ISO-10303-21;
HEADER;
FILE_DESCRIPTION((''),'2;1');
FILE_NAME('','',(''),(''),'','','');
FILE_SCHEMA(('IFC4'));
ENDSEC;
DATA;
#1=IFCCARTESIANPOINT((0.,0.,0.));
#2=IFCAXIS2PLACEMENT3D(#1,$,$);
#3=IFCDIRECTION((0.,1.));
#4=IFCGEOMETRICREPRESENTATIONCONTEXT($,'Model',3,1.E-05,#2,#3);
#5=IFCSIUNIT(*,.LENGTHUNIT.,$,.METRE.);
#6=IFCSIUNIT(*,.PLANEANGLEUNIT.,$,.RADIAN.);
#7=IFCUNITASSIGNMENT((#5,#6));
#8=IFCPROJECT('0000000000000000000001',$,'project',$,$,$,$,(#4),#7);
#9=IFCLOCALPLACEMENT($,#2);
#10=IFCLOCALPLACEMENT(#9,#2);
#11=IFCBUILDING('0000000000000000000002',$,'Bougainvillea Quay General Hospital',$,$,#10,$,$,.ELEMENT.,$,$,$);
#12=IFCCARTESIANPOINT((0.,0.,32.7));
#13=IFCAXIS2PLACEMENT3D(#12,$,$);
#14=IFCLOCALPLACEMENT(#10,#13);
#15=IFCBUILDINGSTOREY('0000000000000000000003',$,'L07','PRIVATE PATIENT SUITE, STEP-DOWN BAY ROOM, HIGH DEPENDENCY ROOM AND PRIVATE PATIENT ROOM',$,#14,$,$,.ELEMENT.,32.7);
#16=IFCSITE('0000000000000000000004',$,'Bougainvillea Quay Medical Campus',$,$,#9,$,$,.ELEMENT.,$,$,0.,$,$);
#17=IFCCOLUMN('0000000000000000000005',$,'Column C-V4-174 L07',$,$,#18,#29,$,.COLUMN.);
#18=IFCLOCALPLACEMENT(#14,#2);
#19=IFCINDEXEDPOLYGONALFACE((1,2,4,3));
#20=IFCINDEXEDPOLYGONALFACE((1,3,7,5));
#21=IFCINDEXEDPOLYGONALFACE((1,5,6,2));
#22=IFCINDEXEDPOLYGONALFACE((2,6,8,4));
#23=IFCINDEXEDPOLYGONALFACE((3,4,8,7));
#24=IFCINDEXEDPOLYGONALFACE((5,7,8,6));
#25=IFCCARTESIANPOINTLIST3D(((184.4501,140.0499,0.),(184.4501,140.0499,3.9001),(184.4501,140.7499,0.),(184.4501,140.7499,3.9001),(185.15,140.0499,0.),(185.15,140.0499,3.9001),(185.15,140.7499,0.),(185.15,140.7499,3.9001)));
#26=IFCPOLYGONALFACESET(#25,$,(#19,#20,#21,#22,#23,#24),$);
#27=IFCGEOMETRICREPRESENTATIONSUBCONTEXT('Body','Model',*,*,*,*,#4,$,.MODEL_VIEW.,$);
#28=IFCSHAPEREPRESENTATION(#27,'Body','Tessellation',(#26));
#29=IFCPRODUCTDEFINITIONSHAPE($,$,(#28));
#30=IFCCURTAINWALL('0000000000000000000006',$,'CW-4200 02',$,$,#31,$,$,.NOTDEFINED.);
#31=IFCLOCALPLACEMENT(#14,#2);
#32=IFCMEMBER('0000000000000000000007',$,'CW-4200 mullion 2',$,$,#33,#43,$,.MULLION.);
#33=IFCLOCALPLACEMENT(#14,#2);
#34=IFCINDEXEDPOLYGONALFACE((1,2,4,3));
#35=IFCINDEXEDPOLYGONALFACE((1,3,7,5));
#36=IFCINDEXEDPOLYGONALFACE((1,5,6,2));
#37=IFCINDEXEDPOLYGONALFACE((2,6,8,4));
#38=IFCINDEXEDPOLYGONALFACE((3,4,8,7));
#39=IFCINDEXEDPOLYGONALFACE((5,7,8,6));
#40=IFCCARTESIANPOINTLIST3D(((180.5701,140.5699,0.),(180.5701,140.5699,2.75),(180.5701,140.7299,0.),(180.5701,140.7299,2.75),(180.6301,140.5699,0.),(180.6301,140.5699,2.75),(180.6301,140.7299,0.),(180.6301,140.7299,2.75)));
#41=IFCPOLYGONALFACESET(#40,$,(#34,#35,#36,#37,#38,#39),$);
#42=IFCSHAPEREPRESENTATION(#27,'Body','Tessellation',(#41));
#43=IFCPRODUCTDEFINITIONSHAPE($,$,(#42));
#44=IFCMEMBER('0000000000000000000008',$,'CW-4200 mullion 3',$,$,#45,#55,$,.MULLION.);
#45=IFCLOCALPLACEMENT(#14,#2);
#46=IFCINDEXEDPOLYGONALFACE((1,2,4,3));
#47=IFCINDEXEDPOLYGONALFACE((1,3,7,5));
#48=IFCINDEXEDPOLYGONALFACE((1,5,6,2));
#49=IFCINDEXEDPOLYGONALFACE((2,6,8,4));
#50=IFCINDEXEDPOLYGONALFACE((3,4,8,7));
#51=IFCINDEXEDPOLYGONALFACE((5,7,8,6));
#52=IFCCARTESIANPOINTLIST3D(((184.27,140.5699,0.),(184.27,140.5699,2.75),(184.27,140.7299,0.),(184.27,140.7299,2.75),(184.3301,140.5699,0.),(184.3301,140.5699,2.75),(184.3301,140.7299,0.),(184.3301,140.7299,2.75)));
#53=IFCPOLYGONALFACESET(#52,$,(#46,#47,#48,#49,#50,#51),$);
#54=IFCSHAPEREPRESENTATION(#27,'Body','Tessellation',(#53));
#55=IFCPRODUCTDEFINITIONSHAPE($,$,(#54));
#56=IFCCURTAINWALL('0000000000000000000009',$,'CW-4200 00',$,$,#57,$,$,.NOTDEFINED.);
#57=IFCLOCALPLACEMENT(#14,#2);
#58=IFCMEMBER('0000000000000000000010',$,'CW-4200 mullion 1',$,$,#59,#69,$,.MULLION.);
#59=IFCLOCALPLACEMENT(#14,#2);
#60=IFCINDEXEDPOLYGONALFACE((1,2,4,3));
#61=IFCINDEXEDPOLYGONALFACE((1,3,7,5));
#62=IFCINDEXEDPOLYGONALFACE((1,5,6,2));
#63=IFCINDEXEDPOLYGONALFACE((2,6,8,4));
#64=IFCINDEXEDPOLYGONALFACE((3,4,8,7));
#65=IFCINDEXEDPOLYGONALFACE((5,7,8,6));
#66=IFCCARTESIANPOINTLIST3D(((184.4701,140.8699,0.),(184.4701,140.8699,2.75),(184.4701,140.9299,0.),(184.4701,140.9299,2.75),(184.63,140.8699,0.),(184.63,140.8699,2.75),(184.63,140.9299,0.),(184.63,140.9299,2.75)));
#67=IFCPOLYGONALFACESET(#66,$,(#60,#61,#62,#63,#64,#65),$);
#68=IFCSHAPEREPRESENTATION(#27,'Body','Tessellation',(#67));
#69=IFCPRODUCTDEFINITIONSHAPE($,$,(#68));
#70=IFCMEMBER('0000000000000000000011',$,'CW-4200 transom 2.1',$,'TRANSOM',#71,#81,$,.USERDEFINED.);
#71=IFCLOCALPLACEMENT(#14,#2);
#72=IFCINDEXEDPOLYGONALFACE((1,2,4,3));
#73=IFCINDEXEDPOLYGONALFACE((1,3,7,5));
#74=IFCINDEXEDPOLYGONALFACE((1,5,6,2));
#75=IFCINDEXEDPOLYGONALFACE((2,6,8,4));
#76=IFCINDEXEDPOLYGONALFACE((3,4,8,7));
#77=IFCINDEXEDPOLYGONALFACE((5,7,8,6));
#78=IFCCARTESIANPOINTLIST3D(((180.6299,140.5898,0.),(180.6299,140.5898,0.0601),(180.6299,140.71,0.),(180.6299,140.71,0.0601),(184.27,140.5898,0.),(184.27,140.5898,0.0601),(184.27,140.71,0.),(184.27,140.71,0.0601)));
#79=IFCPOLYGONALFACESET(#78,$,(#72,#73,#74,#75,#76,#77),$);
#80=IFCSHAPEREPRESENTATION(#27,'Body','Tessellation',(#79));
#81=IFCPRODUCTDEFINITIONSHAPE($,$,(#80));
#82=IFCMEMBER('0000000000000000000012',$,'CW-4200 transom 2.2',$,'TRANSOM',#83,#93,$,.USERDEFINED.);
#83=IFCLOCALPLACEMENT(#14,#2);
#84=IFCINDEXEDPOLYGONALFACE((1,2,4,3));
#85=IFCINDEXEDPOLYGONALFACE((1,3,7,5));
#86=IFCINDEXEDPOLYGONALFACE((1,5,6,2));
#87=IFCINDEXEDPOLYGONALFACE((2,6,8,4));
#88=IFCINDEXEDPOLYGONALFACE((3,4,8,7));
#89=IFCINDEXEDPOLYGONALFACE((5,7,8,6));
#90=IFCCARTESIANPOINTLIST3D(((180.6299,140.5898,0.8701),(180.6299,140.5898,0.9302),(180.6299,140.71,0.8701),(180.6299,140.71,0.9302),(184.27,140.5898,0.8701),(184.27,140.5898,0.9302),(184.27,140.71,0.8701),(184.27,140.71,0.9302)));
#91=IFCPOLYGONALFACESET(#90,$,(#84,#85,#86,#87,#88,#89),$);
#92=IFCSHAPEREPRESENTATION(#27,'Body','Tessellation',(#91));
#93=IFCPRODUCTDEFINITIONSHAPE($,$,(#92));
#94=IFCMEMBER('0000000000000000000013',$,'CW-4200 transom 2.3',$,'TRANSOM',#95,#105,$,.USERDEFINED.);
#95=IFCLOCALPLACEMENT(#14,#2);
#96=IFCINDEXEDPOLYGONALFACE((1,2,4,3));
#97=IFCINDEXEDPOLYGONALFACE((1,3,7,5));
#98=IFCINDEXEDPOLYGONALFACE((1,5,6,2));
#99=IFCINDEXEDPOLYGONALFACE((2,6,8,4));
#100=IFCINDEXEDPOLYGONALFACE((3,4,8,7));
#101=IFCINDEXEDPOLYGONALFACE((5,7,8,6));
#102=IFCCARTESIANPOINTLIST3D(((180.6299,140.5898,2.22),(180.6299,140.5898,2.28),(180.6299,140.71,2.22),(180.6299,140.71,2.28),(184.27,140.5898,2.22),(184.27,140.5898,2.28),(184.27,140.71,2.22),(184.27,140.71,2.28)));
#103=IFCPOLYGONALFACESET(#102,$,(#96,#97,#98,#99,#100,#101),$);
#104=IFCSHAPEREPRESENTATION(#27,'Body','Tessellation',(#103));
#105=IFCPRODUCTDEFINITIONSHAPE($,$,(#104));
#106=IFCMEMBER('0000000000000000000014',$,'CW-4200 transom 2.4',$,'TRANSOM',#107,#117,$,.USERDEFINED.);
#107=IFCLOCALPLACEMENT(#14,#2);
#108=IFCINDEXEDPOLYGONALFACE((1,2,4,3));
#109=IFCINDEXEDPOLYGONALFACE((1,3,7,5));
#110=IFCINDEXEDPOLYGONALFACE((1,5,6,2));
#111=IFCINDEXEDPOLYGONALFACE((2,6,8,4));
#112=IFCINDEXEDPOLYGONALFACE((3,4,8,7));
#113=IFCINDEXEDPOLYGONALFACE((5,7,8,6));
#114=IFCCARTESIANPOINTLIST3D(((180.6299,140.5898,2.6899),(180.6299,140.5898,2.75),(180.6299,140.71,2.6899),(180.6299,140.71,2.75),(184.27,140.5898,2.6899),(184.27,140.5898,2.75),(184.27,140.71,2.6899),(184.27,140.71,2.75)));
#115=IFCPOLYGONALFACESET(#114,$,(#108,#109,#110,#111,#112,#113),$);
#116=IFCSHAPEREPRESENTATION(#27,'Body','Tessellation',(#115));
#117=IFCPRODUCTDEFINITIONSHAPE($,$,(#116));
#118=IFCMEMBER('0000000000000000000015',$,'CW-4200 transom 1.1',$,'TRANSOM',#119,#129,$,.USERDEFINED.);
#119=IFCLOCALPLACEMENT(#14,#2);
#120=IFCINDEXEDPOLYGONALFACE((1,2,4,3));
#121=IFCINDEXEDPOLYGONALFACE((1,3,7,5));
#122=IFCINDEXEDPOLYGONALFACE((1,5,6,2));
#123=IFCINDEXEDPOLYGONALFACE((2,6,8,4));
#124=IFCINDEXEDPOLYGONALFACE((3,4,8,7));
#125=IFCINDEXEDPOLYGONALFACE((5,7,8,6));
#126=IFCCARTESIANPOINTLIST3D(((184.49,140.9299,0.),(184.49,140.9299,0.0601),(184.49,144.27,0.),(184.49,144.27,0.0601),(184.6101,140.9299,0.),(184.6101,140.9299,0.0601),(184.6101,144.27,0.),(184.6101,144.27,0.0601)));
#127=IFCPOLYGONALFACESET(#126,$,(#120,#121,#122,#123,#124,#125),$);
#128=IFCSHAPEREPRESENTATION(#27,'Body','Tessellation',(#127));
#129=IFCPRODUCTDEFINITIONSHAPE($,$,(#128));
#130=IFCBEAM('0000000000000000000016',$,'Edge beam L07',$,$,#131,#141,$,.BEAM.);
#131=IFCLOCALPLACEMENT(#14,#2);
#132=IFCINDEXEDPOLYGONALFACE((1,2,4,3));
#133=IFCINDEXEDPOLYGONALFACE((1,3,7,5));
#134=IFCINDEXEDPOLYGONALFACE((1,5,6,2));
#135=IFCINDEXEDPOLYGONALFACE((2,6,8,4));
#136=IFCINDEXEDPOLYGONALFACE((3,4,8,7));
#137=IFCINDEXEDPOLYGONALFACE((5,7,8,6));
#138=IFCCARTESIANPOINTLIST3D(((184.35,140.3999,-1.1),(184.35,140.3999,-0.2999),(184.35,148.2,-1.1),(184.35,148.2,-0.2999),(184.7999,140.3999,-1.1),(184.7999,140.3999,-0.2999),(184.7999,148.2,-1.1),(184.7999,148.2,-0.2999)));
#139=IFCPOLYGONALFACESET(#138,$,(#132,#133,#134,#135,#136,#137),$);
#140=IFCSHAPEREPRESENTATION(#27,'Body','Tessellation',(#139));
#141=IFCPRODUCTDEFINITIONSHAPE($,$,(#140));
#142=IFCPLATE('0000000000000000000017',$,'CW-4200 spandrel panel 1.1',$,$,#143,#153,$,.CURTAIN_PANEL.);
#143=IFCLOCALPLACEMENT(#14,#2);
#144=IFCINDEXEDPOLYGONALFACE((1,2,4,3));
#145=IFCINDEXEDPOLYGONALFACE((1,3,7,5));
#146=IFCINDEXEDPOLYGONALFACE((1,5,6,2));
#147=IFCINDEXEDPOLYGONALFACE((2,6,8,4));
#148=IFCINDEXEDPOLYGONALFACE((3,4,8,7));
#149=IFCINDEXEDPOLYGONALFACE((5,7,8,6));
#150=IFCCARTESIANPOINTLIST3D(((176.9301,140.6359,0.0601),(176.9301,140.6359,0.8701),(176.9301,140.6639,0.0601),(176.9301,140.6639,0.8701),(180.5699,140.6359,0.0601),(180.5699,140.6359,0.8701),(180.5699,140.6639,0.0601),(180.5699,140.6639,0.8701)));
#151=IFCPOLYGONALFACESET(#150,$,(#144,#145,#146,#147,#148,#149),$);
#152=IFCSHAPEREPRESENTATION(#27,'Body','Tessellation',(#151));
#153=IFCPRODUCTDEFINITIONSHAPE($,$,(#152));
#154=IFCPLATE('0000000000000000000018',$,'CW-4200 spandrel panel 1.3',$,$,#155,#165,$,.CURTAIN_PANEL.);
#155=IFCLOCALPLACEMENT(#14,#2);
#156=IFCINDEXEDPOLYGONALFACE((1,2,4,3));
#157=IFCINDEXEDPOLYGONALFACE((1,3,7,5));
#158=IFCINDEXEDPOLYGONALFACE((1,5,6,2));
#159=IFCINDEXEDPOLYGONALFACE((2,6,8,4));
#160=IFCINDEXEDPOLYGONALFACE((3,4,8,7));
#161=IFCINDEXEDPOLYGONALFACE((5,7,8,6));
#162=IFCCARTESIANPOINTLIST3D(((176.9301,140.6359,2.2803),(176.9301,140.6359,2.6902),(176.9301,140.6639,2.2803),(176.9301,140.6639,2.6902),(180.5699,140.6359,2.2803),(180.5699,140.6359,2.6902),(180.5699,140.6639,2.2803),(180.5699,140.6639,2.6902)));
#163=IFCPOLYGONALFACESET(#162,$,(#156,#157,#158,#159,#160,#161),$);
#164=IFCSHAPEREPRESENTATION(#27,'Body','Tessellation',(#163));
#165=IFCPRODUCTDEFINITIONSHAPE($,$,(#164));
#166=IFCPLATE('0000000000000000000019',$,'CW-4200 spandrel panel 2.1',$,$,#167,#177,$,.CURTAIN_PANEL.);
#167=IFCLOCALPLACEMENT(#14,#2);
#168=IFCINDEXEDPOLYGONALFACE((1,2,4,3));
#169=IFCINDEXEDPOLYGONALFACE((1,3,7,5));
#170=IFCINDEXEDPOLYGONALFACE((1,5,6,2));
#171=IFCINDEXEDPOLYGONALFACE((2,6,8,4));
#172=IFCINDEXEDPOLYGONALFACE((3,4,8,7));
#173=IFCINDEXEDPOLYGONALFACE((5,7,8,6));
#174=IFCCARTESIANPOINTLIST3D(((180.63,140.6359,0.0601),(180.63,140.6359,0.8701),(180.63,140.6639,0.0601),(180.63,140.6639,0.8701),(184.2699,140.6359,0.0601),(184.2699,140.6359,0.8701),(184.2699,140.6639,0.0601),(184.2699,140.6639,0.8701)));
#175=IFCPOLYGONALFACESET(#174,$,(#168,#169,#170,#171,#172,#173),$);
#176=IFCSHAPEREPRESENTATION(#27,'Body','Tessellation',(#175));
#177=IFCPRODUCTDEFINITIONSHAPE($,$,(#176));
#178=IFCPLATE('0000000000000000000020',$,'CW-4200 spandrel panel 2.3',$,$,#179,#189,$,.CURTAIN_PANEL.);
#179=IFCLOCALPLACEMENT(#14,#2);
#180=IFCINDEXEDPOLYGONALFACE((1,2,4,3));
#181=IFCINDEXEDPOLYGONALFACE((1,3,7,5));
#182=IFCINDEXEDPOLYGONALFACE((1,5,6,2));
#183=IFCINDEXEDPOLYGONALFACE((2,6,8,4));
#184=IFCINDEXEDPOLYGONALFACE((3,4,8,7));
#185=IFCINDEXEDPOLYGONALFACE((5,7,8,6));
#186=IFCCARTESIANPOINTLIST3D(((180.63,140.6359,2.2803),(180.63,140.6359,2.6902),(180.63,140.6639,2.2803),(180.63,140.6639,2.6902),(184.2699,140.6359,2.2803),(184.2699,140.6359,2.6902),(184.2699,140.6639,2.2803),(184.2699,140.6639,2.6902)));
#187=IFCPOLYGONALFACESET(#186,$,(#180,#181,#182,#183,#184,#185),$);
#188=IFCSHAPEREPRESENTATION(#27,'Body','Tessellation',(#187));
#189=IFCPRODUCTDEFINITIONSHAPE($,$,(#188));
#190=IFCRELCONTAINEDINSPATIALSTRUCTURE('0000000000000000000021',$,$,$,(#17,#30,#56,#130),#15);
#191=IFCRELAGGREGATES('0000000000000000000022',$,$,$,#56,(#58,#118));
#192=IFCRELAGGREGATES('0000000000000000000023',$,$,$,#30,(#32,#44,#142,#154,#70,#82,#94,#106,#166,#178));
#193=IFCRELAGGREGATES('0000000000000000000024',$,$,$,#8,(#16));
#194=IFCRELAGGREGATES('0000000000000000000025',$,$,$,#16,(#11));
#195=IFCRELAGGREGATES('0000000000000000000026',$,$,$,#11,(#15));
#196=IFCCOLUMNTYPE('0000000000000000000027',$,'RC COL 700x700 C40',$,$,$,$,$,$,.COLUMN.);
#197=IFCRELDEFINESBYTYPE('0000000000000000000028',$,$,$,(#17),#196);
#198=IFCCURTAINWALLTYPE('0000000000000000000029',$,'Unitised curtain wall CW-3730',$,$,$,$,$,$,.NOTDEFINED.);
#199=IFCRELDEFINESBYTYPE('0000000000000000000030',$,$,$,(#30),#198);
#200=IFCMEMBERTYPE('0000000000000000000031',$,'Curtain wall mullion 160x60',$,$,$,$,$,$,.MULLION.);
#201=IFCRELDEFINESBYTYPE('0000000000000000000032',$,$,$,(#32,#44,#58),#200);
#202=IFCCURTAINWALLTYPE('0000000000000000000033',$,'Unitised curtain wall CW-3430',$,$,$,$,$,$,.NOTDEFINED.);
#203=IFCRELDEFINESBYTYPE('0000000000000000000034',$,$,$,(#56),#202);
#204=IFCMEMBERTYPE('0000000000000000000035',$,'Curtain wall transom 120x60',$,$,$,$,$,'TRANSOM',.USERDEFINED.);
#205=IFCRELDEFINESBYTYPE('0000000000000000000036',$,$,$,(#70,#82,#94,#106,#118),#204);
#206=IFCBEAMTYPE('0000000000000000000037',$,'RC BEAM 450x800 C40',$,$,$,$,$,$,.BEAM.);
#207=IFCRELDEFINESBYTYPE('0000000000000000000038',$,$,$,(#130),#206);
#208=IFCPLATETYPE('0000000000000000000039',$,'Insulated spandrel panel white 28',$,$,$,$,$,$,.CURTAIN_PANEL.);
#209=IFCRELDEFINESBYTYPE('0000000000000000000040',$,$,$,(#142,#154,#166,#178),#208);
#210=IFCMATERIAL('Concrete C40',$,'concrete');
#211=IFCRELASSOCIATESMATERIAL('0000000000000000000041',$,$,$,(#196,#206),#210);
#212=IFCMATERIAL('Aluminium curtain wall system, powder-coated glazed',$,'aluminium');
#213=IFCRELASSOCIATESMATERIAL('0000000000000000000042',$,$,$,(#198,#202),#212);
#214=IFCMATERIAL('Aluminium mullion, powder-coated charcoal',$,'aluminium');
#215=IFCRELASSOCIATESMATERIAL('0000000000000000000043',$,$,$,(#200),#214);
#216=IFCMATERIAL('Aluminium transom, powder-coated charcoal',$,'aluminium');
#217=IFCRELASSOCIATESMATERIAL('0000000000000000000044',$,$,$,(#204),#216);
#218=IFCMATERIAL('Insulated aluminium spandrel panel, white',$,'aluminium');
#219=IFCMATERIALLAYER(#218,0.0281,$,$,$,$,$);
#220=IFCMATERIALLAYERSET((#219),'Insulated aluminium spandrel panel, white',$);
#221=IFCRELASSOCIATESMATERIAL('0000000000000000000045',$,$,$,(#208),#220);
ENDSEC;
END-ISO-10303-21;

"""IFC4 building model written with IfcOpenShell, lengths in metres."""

from ifc_helpers import new_model, si_unit, direction, frame, origin, origin_2d, place, context, subcontext, project, spatial, rectangle, extrude, material, layer, layer_set, material_profile, profile_set, type_object, element, aggregate, save


model = new_model("IFC4")

# Units and contexts
model_context = context("Model", 3, precision=1e-05, world=origin(), true_north=direction((0.0, 1.0)))
body_context = subcontext(model_context, "Body", "Model", "MODEL_VIEW")
ifc_project = project(units=[si_unit("LENGTHUNIT", "METRE"), si_unit("PLANEANGLEUNIT", "RADIAN")], contexts=[model_context])

# Site, building, storey
site_placement = place(None, origin())
site = spatial("IfcSite", under=ifc_project, at=site_placement, Name="Bougainvillea Quay Medical Campus", CompositionType="ELEMENT", RefElevation=0.0)
building_placement = place(site_placement, origin())
building = spatial("IfcBuilding", under=site, at=building_placement, Name="Bougainvillea Quay General Hospital", CompositionType="ELEMENT")
storey_placement = place(building_placement, frame((0.0, 0.0, 32.7)))
storey = spatial("IfcBuildingStorey", under=building, at=storey_placement, Name="L07", Description="PRIVATE PATIENT SUITE, STEP-DOWN BAY ROOM, HIGH DEPENDENCY ROOM AND PRIVATE PATIENT ROOM", CompositionType="ELEMENT", Elevation=32.7)

# Column
ifc_material_1 = material(Name="Concrete C40", Category="concrete")
ifc_material_profile_1 = material_profile(ifc_material_1, rectangle(XDim=0.7, YDim=0.7, at=origin_2d()))
ifc_profile_set_1 = profile_set([ifc_material_profile_1], Name="Concrete C40")
column_type = type_object("IfcColumnType", Name="RC COL 700x700 C40", PredefinedType="COLUMN", material=ifc_profile_set_1)
column_placement = place(storey_placement, frame((184.8, 140.3999, 0.0), z_axis=(0.0, 0.0, 1.0), x_axis=(1.0, 0.0, 0.0)))
element("IfcColumn", 1, at=column_placement, inside=storey, type_object=column_type, Name="Column C-V4-174 L07", PredefinedType="COLUMN", context=body_context, shape_type="SweptSolid", body=[
    extrude(rectangle(XDim=0.7, YDim=0.7, at=origin_2d()), origin(), (0.0, 0.0, 1.0), 3.9001),
])

# Curtain wall, members
ifc_material_2 = material(Name="Aluminium curtain wall system, powder-coated glazed", Category="aluminium")
curtain_wall_type_1 = type_object("IfcCurtainWallType", Name="Unitised curtain wall CW-3730", PredefinedType="NOTDEFINED", material=ifc_material_2)
curtain_wall_1_placement = place(storey_placement, origin())
curtain_wall_1 = element("IfcCurtainWall", 2, at=curtain_wall_1_placement, inside=storey, type_object=curtain_wall_type_1, Name="CW-4200 02", PredefinedType="NOTDEFINED")
ifc_material_3 = material(Name="Aluminium mullion, powder-coated charcoal", Category="aluminium")
ifc_material_profile_2 = material_profile(ifc_material_3, rectangle(XDim=0.1599, YDim=0.0601, at=origin_2d()))
ifc_profile_set_2 = profile_set([ifc_material_profile_2], Name="Aluminium mullion, powder-coated charcoal")
member_type_1 = type_object("IfcMemberType", Name="Curtain wall mullion 160x60", PredefinedType="MULLION", material=ifc_profile_set_2)
member_1_placement = place(storey_placement, frame((180.6001, 140.6499, 0.0), z_axis=(0.0, 0.0, 1.0), x_axis=(0.0, 1.0, 0.0)))
member_1 = element("IfcMember", 3, at=member_1_placement, type_object=member_type_1, Name="CW-4200 mullion 2", PredefinedType="MULLION", context=body_context, shape_type="SweptSolid", body=[
    extrude(rectangle(XDim=0.1599, YDim=0.0601, at=origin_2d()), origin(), (0.0, 0.0, 1.0), 2.75),
])
member_2_placement = place(storey_placement, frame((184.3, 140.6499, 0.0), z_axis=(0.0, 0.0, 1.0), x_axis=(0.0, 1.0, 0.0)))
member_2 = element("IfcMember", 4, at=member_2_placement, type_object=member_type_1, Name="CW-4200 mullion 3", PredefinedType="MULLION", context=body_context, shape_type="SweptSolid", body=[
    extrude(rectangle(XDim=0.1599, YDim=0.0601, at=origin_2d()), origin(), (0.0, 0.0, 1.0), 2.75),
])

# Curtain wall, member
curtain_wall_type_2 = type_object("IfcCurtainWallType", Name="Unitised curtain wall CW-3430", PredefinedType="NOTDEFINED", material=ifc_material_2)
curtain_wall_2_placement = place(storey_placement, origin())
curtain_wall_2 = element("IfcCurtainWall", 5, at=curtain_wall_2_placement, inside=storey, type_object=curtain_wall_type_2, Name="CW-4200 00", PredefinedType="NOTDEFINED")
member_3_placement = place(storey_placement, frame((184.55, 140.8999, 0.0), z_axis=(0.0, 0.0, 1.0), x_axis=(-1.0, 0.0, 0.0)))
member_3 = element("IfcMember", 6, at=member_3_placement, type_object=member_type_1, Name="CW-4200 mullion 1", PredefinedType="MULLION", context=body_context, shape_type="SweptSolid", body=[
    extrude(rectangle(XDim=0.1599, YDim=0.0601, at=origin_2d()), origin(), (0.0, 0.0, 1.0), 2.75),
])

# Members
ifc_material_4 = material(Name="Aluminium transom, powder-coated charcoal", Category="aluminium")
ifc_material_profile_3 = material_profile(ifc_material_4, rectangle(XDim=0.1201, YDim=0.0601, at=origin_2d()))
ifc_profile_set_3 = profile_set([ifc_material_profile_3], Name="Aluminium transom, powder-coated charcoal")
member_type_2 = type_object("IfcMemberType", Name="Curtain wall transom 120x60", ElementType="TRANSOM", PredefinedType="USERDEFINED", material=ifc_profile_set_3)
member_4_placement = place(storey_placement, frame((180.6299, 140.6499, 0.03), z_axis=(1.0, 0.0, 0.0), x_axis=(0.0, 1.0, 0.0)))
member_4 = element("IfcMember", 7, at=member_4_placement, type_object=member_type_2, Name="CW-4200 transom 2.1", ObjectType="TRANSOM", PredefinedType="USERDEFINED", context=body_context, shape_type="SweptSolid", body=[
    extrude(rectangle(XDim=0.1201, YDim=0.0601, at=origin_2d()), origin(), (0.0, 0.0, 1.0), 3.6401),
])
member_5_placement = place(storey_placement, frame((180.6299, 140.6499, 0.9001), z_axis=(1.0, 0.0, 0.0), x_axis=(0.0, 1.0, 0.0)))
member_5 = element("IfcMember", 8, at=member_5_placement, type_object=member_type_2, Name="CW-4200 transom 2.2", ObjectType="TRANSOM", PredefinedType="USERDEFINED", context=body_context, shape_type="SweptSolid", body=[
    extrude(rectangle(XDim=0.1201, YDim=0.0601, at=origin_2d()), origin(), (0.0, 0.0, 1.0), 3.6401),
])
member_6_placement = place(storey_placement, frame((180.6299, 140.6499, 2.25), z_axis=(1.0, 0.0, 0.0), x_axis=(0.0, 1.0, 0.0)))
member_6 = element("IfcMember", 9, at=member_6_placement, type_object=member_type_2, Name="CW-4200 transom 2.3", ObjectType="TRANSOM", PredefinedType="USERDEFINED", context=body_context, shape_type="SweptSolid", body=[
    extrude(rectangle(XDim=0.1201, YDim=0.0601, at=origin_2d()), origin(), (0.0, 0.0, 1.0), 3.6401),
])
member_7_placement = place(storey_placement, frame((180.6299, 140.6499, 2.72), z_axis=(1.0, 0.0, 0.0), x_axis=(0.0, 1.0, 0.0)))
member_7 = element("IfcMember", 10, at=member_7_placement, type_object=member_type_2, Name="CW-4200 transom 2.4", ObjectType="TRANSOM", PredefinedType="USERDEFINED", context=body_context, shape_type="SweptSolid", body=[
    extrude(rectangle(XDim=0.1201, YDim=0.0601, at=origin_2d()), origin(), (0.0, 0.0, 1.0), 3.6401),
])
member_8_placement = place(storey_placement, frame((184.55, 140.9299, 0.03), z_axis=(0.0, 1.0, 0.0), x_axis=(-1.0, 0.0, 0.0)))
member_8 = element("IfcMember", 11, at=member_8_placement, type_object=member_type_2, Name="CW-4200 transom 1.1", ObjectType="TRANSOM", PredefinedType="USERDEFINED", context=body_context, shape_type="SweptSolid", body=[
    extrude(rectangle(XDim=0.1201, YDim=0.0601, at=origin_2d()), origin(), (0.0, 0.0, 1.0), 3.3401),
])
aggregate(curtain_wall_2, [member_3, member_8])

# Beam
ifc_material_profile_4 = material_profile(ifc_material_1, rectangle(XDim=0.45, YDim=0.8, at=origin_2d()))
ifc_profile_set_4 = profile_set([ifc_material_profile_4], Name="Concrete C40")
beam_type = type_object("IfcBeamType", Name="RC BEAM 450x800 C40", PredefinedType="BEAM", material=ifc_profile_set_4)
beam_placement = place(storey_placement, frame((184.575, 140.3999, -0.7), z_axis=(0.0, 1.0, 0.0), x_axis=(-1.0, 0.0, 0.0)))
element("IfcBeam", 12, at=beam_placement, inside=storey, type_object=beam_type, Name="Edge beam L07", PredefinedType="BEAM", context=body_context, shape_type="SweptSolid", body=[
    extrude(rectangle(XDim=0.45, YDim=0.8, at=origin_2d()), origin(), (0.0, 0.0, 1.0), 7.8),
])

# Plates
ifc_material_5 = material(Name="Insulated aluminium spandrel panel, white", Category="aluminium")
ifc_layer_1 = layer(ifc_material_5, 0.0281)
ifc_layer_set_1 = layer_set([ifc_layer_1], Name="Insulated aluminium spandrel panel, white")
plate_type_1 = type_object("IfcPlateType", Name="Insulated spandrel panel white 28", PredefinedType="CURTAIN_PANEL", material=ifc_layer_set_1)
plate_1_placement = place(storey_placement, frame((178.75, 140.6499, 0.0601), z_axis=(0.0, 0.0, 1.0), x_axis=(1.0, 0.0, 0.0)))
plate_1 = element("IfcPlate", 13, at=plate_1_placement, type_object=plate_type_1, Name="CW-4200 spandrel panel 1.1", PredefinedType="CURTAIN_PANEL", context=body_context, shape_type="SweptSolid", body=[
    extrude(rectangle(XDim=3.6399, YDim=0.0281, at=origin_2d()), origin(), (0.0, 0.0, 1.0), 0.8101),
])
plate_2_placement = place(storey_placement, frame((178.75, 140.6499, 2.2803), z_axis=(0.0, 0.0, 1.0), x_axis=(1.0, 0.0, 0.0)))
plate_2 = element("IfcPlate", 14, at=plate_2_placement, type_object=plate_type_1, Name="CW-4200 spandrel panel 1.3", PredefinedType="CURTAIN_PANEL", context=body_context, shape_type="SweptSolid", body=[
    extrude(rectangle(XDim=3.6399, YDim=0.0281, at=origin_2d()), origin(), (0.0, 0.0, 1.0), 0.4099),
])
plate_3_placement = place(storey_placement, frame((182.45, 140.6499, 0.0601), z_axis=(0.0, 0.0, 1.0), x_axis=(1.0, 0.0, 0.0)))
plate_3 = element("IfcPlate", 15, at=plate_3_placement, type_object=plate_type_1, Name="CW-4200 spandrel panel 2.1", PredefinedType="CURTAIN_PANEL", context=body_context, shape_type="SweptSolid", body=[
    extrude(rectangle(XDim=3.6399, YDim=0.0281, at=origin_2d()), origin(), (0.0, 0.0, 1.0), 0.8101),
])
plate_4_placement = place(storey_placement, frame((182.45, 140.6499, 2.2803), z_axis=(0.0, 0.0, 1.0), x_axis=(1.0, 0.0, 0.0)))
plate_4 = element("IfcPlate", 16, at=plate_4_placement, type_object=plate_type_1, Name="CW-4200 spandrel panel 2.3", PredefinedType="CURTAIN_PANEL", context=body_context, shape_type="SweptSolid", body=[
    extrude(rectangle(XDim=3.6399, YDim=0.0281, at=origin_2d()), origin(), (0.0, 0.0, 1.0), 0.4099),
])
aggregate(curtain_wall_1, [member_1, member_2, plate_1, plate_2, member_4, member_5, member_6, member_7, plate_3, plate_4])

save(model, "model.ifc")
